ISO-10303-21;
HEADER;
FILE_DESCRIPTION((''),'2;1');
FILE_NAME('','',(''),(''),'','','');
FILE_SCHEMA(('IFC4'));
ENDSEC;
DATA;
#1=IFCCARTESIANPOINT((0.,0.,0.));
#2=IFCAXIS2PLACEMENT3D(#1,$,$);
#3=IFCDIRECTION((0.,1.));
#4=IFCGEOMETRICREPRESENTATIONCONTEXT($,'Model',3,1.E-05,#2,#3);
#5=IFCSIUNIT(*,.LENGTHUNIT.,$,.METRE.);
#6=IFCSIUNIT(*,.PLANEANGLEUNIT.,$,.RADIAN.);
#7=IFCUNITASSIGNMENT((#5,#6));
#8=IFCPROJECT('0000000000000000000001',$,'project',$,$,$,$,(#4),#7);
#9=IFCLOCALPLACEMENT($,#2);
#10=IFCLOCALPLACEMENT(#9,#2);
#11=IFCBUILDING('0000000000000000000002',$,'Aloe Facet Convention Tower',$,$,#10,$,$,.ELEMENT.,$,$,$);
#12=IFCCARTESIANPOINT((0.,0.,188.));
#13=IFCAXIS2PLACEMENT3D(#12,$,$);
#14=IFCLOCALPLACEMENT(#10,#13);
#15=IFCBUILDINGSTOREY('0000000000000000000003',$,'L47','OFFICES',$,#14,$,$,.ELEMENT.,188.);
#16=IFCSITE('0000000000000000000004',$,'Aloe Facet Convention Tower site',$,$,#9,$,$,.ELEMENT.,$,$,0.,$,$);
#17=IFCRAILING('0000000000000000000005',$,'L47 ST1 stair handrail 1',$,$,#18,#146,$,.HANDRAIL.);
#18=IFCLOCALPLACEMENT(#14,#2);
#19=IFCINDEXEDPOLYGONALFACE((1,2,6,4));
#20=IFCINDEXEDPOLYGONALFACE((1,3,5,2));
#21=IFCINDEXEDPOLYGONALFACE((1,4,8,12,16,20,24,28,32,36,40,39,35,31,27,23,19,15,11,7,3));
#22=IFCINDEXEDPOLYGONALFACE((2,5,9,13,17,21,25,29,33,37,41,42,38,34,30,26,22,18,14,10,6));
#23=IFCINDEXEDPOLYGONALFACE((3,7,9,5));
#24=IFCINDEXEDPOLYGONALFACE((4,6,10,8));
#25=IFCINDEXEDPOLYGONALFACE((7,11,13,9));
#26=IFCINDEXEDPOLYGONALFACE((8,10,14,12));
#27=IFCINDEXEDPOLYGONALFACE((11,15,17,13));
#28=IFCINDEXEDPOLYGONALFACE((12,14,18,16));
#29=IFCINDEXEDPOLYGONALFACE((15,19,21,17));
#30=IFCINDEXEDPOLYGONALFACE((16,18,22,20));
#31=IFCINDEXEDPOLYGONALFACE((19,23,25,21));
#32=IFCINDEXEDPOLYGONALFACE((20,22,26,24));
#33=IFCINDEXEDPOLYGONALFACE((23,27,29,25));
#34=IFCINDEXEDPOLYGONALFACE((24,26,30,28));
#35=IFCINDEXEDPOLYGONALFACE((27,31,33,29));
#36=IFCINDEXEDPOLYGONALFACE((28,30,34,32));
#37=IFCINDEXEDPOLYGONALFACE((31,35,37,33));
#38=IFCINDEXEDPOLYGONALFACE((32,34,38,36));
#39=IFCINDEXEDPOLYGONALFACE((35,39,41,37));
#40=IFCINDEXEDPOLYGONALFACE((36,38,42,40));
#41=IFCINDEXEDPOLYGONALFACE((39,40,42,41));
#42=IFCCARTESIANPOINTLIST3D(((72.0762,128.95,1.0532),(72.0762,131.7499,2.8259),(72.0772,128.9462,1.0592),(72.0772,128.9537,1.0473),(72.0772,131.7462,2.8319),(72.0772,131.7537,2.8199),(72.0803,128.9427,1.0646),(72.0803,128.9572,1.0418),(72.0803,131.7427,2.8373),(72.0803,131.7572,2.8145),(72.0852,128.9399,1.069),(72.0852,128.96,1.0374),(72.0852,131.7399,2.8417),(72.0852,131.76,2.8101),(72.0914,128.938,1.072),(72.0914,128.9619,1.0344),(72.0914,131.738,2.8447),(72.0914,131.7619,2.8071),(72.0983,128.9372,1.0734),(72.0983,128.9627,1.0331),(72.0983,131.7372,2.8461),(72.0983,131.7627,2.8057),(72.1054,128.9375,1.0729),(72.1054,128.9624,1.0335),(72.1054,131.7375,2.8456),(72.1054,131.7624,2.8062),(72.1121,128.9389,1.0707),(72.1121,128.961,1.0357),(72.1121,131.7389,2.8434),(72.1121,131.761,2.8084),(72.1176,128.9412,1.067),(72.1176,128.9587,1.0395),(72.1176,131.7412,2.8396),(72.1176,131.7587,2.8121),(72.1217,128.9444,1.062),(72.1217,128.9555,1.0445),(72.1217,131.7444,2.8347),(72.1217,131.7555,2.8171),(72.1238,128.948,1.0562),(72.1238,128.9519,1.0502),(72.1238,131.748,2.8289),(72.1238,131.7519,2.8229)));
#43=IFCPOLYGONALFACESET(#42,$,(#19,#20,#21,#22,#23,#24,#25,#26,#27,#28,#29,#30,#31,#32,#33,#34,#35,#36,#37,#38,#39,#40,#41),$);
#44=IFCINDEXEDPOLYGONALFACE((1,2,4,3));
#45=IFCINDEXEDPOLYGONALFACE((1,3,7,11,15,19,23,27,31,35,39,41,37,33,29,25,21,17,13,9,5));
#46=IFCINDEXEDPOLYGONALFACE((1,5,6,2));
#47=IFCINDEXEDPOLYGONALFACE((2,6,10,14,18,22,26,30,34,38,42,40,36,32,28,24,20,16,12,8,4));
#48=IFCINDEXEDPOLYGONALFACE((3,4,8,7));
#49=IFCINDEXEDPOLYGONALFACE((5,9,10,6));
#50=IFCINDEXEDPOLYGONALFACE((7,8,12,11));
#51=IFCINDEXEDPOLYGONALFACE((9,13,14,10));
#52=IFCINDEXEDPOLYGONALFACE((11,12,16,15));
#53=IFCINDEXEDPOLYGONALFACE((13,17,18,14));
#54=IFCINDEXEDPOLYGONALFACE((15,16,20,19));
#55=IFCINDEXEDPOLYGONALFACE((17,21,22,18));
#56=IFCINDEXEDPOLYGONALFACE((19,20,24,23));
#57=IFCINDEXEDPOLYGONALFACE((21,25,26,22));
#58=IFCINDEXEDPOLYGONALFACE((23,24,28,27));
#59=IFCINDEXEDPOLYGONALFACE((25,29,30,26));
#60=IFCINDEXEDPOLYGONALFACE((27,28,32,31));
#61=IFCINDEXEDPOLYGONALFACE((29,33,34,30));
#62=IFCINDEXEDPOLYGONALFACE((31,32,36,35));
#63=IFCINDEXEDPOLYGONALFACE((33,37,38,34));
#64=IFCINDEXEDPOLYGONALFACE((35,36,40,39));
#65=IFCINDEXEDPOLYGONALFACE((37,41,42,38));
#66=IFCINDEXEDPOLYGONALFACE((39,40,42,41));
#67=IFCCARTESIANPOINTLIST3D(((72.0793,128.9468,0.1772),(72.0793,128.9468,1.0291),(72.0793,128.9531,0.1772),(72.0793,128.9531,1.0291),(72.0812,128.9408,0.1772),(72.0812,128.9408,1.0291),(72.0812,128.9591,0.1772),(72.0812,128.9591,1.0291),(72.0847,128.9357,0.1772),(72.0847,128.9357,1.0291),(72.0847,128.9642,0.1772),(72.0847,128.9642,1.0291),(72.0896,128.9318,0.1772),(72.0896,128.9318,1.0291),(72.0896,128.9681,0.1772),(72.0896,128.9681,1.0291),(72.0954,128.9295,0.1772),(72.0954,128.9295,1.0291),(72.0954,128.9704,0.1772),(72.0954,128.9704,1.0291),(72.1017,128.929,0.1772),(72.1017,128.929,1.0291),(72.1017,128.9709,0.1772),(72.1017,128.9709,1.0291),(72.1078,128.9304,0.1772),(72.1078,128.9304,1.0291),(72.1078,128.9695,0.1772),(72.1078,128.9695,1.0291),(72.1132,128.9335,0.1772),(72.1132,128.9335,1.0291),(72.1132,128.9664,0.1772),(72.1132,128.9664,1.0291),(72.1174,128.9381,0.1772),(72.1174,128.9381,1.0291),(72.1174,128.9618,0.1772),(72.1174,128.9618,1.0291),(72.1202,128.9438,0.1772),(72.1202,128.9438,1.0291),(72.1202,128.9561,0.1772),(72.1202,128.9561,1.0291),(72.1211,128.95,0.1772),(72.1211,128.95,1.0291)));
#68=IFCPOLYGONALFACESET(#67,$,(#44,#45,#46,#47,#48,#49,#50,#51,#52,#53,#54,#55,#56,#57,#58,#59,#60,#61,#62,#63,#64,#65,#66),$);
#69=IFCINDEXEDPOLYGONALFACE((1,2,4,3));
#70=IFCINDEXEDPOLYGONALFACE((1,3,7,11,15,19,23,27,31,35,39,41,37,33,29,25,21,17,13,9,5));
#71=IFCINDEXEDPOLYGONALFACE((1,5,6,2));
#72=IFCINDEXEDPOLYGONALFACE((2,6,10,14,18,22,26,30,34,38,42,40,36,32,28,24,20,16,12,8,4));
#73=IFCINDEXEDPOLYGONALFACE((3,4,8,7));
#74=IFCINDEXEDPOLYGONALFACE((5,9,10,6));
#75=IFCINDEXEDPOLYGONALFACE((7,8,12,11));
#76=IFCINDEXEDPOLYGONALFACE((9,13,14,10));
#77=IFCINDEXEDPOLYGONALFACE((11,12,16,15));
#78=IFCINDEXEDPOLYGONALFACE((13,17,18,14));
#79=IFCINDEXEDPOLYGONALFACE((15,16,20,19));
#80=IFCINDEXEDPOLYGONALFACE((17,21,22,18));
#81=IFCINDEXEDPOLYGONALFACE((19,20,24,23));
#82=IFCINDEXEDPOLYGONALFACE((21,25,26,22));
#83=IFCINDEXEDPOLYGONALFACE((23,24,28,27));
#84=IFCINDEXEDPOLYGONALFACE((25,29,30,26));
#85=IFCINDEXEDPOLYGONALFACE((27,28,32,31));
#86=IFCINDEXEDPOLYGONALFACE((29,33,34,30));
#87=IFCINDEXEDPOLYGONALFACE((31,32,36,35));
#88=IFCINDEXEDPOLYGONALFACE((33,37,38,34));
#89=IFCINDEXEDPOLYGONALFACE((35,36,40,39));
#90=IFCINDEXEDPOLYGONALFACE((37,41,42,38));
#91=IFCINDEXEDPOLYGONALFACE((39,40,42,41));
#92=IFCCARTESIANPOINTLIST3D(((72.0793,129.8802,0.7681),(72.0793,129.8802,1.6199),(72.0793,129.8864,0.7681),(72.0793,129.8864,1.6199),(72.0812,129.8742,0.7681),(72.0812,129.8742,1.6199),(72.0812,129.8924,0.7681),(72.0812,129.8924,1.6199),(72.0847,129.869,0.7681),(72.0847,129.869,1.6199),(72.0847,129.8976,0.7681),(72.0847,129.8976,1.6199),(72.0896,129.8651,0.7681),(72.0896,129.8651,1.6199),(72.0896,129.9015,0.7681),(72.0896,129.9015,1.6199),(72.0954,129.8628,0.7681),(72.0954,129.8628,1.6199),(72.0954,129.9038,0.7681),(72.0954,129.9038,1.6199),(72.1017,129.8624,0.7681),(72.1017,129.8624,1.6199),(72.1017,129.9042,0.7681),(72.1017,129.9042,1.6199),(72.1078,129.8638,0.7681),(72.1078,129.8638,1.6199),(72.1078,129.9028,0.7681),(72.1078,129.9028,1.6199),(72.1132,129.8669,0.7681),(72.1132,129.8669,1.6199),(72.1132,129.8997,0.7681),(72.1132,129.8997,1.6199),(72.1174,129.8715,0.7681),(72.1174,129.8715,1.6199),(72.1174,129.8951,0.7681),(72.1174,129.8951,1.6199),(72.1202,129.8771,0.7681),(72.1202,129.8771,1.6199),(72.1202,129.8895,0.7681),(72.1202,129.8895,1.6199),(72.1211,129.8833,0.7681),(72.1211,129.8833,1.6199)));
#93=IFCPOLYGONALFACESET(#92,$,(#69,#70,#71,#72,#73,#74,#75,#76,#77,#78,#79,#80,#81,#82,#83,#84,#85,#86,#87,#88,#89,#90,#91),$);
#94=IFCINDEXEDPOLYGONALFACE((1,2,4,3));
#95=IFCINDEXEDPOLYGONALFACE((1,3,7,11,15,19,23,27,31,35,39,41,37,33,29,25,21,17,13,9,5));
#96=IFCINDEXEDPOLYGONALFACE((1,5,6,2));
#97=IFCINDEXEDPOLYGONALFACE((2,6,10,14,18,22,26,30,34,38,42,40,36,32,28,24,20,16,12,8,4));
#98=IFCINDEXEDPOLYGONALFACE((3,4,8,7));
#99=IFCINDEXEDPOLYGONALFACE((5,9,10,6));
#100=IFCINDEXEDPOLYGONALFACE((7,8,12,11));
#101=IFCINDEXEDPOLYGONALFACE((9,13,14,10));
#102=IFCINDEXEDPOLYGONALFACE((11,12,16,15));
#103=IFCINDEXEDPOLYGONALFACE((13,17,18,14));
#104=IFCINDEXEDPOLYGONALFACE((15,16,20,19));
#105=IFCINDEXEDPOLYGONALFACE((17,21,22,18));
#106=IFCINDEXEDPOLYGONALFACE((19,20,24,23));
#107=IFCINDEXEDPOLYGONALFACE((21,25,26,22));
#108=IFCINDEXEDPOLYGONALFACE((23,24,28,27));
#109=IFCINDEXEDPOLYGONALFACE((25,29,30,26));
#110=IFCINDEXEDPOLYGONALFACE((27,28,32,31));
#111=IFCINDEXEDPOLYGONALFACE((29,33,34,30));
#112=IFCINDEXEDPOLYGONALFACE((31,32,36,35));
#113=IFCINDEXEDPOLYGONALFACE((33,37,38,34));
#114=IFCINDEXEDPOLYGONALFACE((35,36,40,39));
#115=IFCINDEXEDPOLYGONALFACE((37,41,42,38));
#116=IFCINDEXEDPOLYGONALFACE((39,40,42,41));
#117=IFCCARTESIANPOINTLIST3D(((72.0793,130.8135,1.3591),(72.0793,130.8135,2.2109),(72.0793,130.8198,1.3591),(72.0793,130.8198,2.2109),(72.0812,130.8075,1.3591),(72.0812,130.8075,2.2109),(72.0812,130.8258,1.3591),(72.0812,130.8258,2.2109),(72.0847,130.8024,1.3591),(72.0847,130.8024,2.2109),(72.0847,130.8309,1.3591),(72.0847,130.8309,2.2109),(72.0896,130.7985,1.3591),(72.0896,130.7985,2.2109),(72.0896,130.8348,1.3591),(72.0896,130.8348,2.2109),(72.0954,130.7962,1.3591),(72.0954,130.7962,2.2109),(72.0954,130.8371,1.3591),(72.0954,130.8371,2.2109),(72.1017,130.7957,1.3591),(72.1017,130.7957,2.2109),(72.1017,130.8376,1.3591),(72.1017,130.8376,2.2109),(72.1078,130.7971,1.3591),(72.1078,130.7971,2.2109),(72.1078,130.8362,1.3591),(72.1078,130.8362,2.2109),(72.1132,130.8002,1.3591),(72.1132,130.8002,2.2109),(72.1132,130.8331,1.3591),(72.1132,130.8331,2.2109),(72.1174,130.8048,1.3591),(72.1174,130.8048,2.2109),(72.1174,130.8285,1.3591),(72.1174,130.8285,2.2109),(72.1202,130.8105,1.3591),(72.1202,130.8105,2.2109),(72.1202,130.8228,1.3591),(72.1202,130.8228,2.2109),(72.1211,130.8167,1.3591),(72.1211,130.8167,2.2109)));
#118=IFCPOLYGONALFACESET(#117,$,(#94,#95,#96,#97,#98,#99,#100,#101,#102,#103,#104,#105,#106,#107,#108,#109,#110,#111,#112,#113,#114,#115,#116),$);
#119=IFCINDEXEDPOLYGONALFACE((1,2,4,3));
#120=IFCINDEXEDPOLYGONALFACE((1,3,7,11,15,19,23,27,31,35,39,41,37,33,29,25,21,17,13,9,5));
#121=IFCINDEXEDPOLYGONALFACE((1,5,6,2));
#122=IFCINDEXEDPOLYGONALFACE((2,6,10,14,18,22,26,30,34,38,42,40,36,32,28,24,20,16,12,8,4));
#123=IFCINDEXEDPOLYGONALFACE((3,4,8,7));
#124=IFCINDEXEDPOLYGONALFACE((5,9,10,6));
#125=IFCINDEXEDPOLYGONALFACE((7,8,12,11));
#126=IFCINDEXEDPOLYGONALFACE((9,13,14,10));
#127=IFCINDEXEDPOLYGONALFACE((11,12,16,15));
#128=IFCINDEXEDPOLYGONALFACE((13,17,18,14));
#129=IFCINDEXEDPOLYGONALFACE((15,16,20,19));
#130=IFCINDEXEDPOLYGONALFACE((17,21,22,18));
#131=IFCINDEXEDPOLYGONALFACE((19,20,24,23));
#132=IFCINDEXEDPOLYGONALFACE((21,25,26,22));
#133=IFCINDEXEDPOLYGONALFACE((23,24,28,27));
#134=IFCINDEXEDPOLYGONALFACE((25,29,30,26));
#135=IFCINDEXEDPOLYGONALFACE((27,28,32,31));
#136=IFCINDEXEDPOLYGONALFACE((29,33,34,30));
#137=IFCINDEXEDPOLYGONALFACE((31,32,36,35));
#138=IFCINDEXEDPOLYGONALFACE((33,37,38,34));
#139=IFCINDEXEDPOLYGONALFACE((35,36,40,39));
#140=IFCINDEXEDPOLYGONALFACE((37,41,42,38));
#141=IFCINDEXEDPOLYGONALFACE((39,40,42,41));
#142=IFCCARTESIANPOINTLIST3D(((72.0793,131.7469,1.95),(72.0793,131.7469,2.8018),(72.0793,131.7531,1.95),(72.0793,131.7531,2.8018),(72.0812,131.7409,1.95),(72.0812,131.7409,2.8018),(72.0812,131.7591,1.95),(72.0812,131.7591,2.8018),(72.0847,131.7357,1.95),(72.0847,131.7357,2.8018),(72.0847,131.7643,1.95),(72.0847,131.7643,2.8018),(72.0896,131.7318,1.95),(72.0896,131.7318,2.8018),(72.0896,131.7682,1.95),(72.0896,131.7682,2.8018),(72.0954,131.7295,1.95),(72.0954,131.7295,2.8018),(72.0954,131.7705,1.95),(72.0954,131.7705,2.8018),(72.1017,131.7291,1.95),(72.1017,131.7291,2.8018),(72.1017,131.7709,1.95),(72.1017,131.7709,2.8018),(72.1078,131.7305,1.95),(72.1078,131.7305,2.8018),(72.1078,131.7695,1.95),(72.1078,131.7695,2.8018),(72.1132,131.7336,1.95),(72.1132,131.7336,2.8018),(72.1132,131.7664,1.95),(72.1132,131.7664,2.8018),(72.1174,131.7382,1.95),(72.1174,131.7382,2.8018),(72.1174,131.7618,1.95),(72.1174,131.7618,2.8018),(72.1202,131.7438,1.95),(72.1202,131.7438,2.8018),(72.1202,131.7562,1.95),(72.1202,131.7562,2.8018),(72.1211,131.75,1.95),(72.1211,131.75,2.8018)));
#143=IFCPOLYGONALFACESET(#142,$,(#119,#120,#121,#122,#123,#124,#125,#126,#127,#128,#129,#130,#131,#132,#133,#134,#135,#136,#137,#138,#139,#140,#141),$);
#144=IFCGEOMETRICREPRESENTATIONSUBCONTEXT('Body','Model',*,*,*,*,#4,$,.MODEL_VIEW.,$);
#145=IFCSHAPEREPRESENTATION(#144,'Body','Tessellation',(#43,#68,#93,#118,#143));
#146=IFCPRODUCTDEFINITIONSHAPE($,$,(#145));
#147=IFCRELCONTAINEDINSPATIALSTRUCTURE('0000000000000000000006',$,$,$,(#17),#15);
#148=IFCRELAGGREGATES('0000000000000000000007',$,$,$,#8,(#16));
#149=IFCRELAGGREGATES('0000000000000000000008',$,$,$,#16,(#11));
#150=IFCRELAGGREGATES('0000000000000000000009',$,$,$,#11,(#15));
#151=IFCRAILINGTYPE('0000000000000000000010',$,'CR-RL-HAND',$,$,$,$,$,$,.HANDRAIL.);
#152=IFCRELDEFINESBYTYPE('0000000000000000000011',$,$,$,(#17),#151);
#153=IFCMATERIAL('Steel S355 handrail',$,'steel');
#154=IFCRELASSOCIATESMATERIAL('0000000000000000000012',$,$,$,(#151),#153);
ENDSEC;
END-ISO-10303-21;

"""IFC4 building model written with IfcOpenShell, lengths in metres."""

from ifc_helpers import new_model, si_unit, direction, frame, origin, origin_2d, place, context, subcontext, project, spatial, circle, extrude, material, type_object, element, save


model = new_model("IFC4")

# Units and contexts
model_context = context("Model", 3, precision=1e-05, world=origin(), true_north=direction((0.0, 1.0)))
body_context = subcontext(model_context, "Body", "Model", "MODEL_VIEW")
ifc_project = project(units=[si_unit("LENGTHUNIT", "METRE"), si_unit("PLANEANGLEUNIT", "RADIAN")], contexts=[model_context])

# Site, building, storey
site_placement = place(None, origin())
site = spatial("IfcSite", under=ifc_project, at=site_placement, Name="Aloe Facet Convention Tower site", CompositionType="ELEMENT", RefElevation=0.0)
building_placement = place(site_placement, origin())
building = spatial("IfcBuilding", under=site, at=building_placement, Name="Aloe Facet Convention Tower", CompositionType="ELEMENT")
storey_placement = place(building_placement, frame((0.0, 0.0, 188.0)))
storey = spatial("IfcBuildingStorey", under=building, at=storey_placement, Name="L47", Description="OFFICES", CompositionType="ELEMENT", Elevation=188.0)

# Railing
ifc_material_1 = material(Name="Steel S355 handrail", Category="steel")
railing_type_1 = type_object("IfcRailingType", Name="CR-RL-HAND", PredefinedType="HANDRAIL", material=ifc_material_1)
railing_1_placement = place(storey_placement, frame((72.1001, 128.95, 0.1772)))
element("IfcRailing", 1, at=railing_1_placement, inside=storey, type_object=railing_type_1, Name="L47 ST1 stair handrail 1", PredefinedType="HANDRAIL", context=body_context, shape_type="SweptSolid", body=[
    extrude(circle(Radius=0.0239, at=origin_2d()), frame((0.0, 0.0, 0.876), z_axis=(0.0, 0.844909, 0.53491), x_axis=(-1.0, 0.0, 0.0)), (0.0, 0.0, 1.0), 3.314),
    extrude(circle(Radius=0.021, at=origin_2d()), origin(), (0.0, 0.0, 1.0), 0.8518),
    extrude(circle(Radius=0.021, at=origin_2d()), frame((0.0, 0.9333, 0.5908)), (0.0, 0.0, 1.0), 0.8518),
    extrude(circle(Radius=0.021, at=origin_2d()), frame((0.0, 1.8667, 1.1819)), (0.0, 0.0, 1.0), 0.8518),
    extrude(circle(Radius=0.021, at=origin_2d()), frame((0.0, 2.8, 1.7727)), (0.0, 0.0, 1.0), 0.8518),
])

save(model, "model.ifc")
